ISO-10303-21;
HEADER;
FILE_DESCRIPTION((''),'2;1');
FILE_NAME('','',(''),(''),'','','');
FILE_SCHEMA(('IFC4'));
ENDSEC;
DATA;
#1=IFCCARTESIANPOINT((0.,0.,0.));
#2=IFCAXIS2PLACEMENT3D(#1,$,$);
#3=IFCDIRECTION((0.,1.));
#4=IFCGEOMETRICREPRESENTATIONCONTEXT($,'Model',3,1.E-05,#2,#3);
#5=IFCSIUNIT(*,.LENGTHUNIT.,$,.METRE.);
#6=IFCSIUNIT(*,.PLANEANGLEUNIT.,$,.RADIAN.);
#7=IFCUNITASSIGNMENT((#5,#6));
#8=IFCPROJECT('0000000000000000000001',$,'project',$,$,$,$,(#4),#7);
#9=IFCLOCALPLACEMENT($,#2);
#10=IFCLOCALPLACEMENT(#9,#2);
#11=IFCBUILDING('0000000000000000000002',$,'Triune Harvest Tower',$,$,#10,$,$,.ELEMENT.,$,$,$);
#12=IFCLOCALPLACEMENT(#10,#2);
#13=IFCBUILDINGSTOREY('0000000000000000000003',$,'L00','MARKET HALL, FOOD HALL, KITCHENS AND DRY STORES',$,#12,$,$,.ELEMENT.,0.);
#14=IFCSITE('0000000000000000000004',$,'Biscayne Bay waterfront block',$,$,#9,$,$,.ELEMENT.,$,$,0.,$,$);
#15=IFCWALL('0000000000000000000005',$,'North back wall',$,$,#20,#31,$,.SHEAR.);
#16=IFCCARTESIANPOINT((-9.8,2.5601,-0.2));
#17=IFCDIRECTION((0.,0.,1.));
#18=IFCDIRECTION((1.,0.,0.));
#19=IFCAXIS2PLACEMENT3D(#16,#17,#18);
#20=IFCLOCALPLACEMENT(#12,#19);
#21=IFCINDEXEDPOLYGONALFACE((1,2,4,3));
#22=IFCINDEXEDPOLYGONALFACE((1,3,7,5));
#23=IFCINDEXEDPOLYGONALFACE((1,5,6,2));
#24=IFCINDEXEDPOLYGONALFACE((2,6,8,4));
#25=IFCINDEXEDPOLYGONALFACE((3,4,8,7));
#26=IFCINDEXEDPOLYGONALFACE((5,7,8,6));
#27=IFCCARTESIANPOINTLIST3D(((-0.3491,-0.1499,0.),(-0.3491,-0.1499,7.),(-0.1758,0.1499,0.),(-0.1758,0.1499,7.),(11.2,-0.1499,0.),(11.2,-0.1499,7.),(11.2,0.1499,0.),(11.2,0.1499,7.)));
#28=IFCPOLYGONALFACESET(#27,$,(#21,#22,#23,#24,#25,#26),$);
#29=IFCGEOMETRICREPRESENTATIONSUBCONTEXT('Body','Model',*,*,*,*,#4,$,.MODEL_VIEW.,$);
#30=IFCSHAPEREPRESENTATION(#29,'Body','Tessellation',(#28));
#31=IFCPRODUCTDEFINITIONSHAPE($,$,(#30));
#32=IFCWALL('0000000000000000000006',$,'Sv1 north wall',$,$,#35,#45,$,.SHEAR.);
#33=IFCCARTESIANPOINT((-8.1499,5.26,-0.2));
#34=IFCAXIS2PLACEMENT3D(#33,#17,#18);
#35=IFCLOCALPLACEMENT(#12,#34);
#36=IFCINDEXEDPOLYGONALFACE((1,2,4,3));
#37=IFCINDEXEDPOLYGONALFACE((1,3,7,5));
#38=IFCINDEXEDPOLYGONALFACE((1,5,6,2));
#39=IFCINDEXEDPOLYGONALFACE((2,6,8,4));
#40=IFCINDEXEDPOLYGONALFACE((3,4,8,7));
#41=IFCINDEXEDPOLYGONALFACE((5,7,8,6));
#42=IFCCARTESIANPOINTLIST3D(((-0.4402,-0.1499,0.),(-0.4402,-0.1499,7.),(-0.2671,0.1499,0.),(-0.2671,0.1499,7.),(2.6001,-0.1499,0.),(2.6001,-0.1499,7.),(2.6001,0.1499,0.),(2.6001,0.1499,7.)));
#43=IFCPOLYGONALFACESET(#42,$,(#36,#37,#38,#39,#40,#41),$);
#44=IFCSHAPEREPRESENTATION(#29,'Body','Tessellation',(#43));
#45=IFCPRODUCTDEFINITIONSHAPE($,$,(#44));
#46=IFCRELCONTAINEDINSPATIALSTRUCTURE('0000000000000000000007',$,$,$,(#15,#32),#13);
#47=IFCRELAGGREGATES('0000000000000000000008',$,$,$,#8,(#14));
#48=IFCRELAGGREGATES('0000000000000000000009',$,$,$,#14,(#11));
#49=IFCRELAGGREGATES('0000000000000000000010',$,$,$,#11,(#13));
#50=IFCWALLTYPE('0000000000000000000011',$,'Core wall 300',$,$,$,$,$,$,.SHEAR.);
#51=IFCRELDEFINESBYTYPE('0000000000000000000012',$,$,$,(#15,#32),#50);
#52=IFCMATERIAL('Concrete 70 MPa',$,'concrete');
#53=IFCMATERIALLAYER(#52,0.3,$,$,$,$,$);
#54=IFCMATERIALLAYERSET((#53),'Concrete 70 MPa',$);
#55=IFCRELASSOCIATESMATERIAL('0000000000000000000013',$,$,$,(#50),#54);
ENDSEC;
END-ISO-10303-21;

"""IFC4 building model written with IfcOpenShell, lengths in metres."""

from ifc_helpers import new_model, si_unit, direction, frame, origin, place, context, subcontext, project, spatial, polyline, outline, extrude, material, layer, layer_set, type_object, element, save


model = new_model("IFC4")

# Units and contexts
model_context = context("Model", 3, precision=1e-05, world=origin(), true_north=direction((0.0, 1.0)))
body_context = subcontext(model_context, "Body", "Model", "MODEL_VIEW")
ifc_project = project(units=[si_unit("LENGTHUNIT", "METRE"), si_unit("PLANEANGLEUNIT", "RADIAN")], contexts=[model_context])

# Site, building, storey
site_placement = place(None, origin())
site = spatial("IfcSite", under=ifc_project, at=site_placement, Name="Biscayne Bay waterfront block", CompositionType="ELEMENT", RefElevation=0.0)
building_placement = place(site_placement, origin())
building = spatial("IfcBuilding", under=site, at=building_placement, Name="Triune Harvest Tower", CompositionType="ELEMENT")
storey_placement = place(building_placement, origin())
storey = spatial("IfcBuildingStorey", under=building, at=storey_placement, Name="L00", Description="MARKET HALL, FOOD HALL, KITCHENS AND DRY STORES", CompositionType="ELEMENT", Elevation=0.0)

# Shared definitions
ifc_material_1 = material(Name="Concrete 70 MPa", Category="concrete")
ifc_layer = layer(ifc_material_1, 0.3)
ifc_layer_set = layer_set([ifc_layer], Name="Concrete 70 MPa")
wall_type = type_object("IfcWallType", Name="Core wall 300", PredefinedType="SHEAR", material=ifc_layer_set)

# Walls
wall_1_placement = place(storey_placement, frame((-9.8, 2.5601, -0.2), z_axis=(0.0, 0.0, 1.0), x_axis=(1.0, 0.0, 0.0)))
element("IfcWall", 1, at=wall_1_placement, inside=storey, type_object=wall_type, Name="North back wall", PredefinedType="SHEAR", context=body_context, shape_type="SweptSolid", body=[
    extrude(outline(polyline([(11.2, -0.1499), (-0.3491, -0.1499), (-0.1758, 0.1499), (11.2, 0.1499), (11.2, -0.1499)])), origin(), (0.0, 0.0, 1.0), 7.0),
])
wall_2_placement = place(storey_placement, frame((-8.1499, 5.26, -0.2), z_axis=(0.0, 0.0, 1.0), x_axis=(1.0, 0.0, 0.0)))
element("IfcWall", 2, at=wall_2_placement, inside=storey, type_object=wall_type, Name="Sv1 north wall", PredefinedType="SHEAR", context=body_context, shape_type="SweptSolid", body=[
    extrude(outline(polyline([(2.6001, -0.1499), (-0.4402, -0.1499), (-0.2671, 0.1499), (2.6001, 0.1499), (2.6001, -0.1499)])), origin(), (0.0, 0.0, 1.0), 7.0),
])

save(model, "model.ifc")
